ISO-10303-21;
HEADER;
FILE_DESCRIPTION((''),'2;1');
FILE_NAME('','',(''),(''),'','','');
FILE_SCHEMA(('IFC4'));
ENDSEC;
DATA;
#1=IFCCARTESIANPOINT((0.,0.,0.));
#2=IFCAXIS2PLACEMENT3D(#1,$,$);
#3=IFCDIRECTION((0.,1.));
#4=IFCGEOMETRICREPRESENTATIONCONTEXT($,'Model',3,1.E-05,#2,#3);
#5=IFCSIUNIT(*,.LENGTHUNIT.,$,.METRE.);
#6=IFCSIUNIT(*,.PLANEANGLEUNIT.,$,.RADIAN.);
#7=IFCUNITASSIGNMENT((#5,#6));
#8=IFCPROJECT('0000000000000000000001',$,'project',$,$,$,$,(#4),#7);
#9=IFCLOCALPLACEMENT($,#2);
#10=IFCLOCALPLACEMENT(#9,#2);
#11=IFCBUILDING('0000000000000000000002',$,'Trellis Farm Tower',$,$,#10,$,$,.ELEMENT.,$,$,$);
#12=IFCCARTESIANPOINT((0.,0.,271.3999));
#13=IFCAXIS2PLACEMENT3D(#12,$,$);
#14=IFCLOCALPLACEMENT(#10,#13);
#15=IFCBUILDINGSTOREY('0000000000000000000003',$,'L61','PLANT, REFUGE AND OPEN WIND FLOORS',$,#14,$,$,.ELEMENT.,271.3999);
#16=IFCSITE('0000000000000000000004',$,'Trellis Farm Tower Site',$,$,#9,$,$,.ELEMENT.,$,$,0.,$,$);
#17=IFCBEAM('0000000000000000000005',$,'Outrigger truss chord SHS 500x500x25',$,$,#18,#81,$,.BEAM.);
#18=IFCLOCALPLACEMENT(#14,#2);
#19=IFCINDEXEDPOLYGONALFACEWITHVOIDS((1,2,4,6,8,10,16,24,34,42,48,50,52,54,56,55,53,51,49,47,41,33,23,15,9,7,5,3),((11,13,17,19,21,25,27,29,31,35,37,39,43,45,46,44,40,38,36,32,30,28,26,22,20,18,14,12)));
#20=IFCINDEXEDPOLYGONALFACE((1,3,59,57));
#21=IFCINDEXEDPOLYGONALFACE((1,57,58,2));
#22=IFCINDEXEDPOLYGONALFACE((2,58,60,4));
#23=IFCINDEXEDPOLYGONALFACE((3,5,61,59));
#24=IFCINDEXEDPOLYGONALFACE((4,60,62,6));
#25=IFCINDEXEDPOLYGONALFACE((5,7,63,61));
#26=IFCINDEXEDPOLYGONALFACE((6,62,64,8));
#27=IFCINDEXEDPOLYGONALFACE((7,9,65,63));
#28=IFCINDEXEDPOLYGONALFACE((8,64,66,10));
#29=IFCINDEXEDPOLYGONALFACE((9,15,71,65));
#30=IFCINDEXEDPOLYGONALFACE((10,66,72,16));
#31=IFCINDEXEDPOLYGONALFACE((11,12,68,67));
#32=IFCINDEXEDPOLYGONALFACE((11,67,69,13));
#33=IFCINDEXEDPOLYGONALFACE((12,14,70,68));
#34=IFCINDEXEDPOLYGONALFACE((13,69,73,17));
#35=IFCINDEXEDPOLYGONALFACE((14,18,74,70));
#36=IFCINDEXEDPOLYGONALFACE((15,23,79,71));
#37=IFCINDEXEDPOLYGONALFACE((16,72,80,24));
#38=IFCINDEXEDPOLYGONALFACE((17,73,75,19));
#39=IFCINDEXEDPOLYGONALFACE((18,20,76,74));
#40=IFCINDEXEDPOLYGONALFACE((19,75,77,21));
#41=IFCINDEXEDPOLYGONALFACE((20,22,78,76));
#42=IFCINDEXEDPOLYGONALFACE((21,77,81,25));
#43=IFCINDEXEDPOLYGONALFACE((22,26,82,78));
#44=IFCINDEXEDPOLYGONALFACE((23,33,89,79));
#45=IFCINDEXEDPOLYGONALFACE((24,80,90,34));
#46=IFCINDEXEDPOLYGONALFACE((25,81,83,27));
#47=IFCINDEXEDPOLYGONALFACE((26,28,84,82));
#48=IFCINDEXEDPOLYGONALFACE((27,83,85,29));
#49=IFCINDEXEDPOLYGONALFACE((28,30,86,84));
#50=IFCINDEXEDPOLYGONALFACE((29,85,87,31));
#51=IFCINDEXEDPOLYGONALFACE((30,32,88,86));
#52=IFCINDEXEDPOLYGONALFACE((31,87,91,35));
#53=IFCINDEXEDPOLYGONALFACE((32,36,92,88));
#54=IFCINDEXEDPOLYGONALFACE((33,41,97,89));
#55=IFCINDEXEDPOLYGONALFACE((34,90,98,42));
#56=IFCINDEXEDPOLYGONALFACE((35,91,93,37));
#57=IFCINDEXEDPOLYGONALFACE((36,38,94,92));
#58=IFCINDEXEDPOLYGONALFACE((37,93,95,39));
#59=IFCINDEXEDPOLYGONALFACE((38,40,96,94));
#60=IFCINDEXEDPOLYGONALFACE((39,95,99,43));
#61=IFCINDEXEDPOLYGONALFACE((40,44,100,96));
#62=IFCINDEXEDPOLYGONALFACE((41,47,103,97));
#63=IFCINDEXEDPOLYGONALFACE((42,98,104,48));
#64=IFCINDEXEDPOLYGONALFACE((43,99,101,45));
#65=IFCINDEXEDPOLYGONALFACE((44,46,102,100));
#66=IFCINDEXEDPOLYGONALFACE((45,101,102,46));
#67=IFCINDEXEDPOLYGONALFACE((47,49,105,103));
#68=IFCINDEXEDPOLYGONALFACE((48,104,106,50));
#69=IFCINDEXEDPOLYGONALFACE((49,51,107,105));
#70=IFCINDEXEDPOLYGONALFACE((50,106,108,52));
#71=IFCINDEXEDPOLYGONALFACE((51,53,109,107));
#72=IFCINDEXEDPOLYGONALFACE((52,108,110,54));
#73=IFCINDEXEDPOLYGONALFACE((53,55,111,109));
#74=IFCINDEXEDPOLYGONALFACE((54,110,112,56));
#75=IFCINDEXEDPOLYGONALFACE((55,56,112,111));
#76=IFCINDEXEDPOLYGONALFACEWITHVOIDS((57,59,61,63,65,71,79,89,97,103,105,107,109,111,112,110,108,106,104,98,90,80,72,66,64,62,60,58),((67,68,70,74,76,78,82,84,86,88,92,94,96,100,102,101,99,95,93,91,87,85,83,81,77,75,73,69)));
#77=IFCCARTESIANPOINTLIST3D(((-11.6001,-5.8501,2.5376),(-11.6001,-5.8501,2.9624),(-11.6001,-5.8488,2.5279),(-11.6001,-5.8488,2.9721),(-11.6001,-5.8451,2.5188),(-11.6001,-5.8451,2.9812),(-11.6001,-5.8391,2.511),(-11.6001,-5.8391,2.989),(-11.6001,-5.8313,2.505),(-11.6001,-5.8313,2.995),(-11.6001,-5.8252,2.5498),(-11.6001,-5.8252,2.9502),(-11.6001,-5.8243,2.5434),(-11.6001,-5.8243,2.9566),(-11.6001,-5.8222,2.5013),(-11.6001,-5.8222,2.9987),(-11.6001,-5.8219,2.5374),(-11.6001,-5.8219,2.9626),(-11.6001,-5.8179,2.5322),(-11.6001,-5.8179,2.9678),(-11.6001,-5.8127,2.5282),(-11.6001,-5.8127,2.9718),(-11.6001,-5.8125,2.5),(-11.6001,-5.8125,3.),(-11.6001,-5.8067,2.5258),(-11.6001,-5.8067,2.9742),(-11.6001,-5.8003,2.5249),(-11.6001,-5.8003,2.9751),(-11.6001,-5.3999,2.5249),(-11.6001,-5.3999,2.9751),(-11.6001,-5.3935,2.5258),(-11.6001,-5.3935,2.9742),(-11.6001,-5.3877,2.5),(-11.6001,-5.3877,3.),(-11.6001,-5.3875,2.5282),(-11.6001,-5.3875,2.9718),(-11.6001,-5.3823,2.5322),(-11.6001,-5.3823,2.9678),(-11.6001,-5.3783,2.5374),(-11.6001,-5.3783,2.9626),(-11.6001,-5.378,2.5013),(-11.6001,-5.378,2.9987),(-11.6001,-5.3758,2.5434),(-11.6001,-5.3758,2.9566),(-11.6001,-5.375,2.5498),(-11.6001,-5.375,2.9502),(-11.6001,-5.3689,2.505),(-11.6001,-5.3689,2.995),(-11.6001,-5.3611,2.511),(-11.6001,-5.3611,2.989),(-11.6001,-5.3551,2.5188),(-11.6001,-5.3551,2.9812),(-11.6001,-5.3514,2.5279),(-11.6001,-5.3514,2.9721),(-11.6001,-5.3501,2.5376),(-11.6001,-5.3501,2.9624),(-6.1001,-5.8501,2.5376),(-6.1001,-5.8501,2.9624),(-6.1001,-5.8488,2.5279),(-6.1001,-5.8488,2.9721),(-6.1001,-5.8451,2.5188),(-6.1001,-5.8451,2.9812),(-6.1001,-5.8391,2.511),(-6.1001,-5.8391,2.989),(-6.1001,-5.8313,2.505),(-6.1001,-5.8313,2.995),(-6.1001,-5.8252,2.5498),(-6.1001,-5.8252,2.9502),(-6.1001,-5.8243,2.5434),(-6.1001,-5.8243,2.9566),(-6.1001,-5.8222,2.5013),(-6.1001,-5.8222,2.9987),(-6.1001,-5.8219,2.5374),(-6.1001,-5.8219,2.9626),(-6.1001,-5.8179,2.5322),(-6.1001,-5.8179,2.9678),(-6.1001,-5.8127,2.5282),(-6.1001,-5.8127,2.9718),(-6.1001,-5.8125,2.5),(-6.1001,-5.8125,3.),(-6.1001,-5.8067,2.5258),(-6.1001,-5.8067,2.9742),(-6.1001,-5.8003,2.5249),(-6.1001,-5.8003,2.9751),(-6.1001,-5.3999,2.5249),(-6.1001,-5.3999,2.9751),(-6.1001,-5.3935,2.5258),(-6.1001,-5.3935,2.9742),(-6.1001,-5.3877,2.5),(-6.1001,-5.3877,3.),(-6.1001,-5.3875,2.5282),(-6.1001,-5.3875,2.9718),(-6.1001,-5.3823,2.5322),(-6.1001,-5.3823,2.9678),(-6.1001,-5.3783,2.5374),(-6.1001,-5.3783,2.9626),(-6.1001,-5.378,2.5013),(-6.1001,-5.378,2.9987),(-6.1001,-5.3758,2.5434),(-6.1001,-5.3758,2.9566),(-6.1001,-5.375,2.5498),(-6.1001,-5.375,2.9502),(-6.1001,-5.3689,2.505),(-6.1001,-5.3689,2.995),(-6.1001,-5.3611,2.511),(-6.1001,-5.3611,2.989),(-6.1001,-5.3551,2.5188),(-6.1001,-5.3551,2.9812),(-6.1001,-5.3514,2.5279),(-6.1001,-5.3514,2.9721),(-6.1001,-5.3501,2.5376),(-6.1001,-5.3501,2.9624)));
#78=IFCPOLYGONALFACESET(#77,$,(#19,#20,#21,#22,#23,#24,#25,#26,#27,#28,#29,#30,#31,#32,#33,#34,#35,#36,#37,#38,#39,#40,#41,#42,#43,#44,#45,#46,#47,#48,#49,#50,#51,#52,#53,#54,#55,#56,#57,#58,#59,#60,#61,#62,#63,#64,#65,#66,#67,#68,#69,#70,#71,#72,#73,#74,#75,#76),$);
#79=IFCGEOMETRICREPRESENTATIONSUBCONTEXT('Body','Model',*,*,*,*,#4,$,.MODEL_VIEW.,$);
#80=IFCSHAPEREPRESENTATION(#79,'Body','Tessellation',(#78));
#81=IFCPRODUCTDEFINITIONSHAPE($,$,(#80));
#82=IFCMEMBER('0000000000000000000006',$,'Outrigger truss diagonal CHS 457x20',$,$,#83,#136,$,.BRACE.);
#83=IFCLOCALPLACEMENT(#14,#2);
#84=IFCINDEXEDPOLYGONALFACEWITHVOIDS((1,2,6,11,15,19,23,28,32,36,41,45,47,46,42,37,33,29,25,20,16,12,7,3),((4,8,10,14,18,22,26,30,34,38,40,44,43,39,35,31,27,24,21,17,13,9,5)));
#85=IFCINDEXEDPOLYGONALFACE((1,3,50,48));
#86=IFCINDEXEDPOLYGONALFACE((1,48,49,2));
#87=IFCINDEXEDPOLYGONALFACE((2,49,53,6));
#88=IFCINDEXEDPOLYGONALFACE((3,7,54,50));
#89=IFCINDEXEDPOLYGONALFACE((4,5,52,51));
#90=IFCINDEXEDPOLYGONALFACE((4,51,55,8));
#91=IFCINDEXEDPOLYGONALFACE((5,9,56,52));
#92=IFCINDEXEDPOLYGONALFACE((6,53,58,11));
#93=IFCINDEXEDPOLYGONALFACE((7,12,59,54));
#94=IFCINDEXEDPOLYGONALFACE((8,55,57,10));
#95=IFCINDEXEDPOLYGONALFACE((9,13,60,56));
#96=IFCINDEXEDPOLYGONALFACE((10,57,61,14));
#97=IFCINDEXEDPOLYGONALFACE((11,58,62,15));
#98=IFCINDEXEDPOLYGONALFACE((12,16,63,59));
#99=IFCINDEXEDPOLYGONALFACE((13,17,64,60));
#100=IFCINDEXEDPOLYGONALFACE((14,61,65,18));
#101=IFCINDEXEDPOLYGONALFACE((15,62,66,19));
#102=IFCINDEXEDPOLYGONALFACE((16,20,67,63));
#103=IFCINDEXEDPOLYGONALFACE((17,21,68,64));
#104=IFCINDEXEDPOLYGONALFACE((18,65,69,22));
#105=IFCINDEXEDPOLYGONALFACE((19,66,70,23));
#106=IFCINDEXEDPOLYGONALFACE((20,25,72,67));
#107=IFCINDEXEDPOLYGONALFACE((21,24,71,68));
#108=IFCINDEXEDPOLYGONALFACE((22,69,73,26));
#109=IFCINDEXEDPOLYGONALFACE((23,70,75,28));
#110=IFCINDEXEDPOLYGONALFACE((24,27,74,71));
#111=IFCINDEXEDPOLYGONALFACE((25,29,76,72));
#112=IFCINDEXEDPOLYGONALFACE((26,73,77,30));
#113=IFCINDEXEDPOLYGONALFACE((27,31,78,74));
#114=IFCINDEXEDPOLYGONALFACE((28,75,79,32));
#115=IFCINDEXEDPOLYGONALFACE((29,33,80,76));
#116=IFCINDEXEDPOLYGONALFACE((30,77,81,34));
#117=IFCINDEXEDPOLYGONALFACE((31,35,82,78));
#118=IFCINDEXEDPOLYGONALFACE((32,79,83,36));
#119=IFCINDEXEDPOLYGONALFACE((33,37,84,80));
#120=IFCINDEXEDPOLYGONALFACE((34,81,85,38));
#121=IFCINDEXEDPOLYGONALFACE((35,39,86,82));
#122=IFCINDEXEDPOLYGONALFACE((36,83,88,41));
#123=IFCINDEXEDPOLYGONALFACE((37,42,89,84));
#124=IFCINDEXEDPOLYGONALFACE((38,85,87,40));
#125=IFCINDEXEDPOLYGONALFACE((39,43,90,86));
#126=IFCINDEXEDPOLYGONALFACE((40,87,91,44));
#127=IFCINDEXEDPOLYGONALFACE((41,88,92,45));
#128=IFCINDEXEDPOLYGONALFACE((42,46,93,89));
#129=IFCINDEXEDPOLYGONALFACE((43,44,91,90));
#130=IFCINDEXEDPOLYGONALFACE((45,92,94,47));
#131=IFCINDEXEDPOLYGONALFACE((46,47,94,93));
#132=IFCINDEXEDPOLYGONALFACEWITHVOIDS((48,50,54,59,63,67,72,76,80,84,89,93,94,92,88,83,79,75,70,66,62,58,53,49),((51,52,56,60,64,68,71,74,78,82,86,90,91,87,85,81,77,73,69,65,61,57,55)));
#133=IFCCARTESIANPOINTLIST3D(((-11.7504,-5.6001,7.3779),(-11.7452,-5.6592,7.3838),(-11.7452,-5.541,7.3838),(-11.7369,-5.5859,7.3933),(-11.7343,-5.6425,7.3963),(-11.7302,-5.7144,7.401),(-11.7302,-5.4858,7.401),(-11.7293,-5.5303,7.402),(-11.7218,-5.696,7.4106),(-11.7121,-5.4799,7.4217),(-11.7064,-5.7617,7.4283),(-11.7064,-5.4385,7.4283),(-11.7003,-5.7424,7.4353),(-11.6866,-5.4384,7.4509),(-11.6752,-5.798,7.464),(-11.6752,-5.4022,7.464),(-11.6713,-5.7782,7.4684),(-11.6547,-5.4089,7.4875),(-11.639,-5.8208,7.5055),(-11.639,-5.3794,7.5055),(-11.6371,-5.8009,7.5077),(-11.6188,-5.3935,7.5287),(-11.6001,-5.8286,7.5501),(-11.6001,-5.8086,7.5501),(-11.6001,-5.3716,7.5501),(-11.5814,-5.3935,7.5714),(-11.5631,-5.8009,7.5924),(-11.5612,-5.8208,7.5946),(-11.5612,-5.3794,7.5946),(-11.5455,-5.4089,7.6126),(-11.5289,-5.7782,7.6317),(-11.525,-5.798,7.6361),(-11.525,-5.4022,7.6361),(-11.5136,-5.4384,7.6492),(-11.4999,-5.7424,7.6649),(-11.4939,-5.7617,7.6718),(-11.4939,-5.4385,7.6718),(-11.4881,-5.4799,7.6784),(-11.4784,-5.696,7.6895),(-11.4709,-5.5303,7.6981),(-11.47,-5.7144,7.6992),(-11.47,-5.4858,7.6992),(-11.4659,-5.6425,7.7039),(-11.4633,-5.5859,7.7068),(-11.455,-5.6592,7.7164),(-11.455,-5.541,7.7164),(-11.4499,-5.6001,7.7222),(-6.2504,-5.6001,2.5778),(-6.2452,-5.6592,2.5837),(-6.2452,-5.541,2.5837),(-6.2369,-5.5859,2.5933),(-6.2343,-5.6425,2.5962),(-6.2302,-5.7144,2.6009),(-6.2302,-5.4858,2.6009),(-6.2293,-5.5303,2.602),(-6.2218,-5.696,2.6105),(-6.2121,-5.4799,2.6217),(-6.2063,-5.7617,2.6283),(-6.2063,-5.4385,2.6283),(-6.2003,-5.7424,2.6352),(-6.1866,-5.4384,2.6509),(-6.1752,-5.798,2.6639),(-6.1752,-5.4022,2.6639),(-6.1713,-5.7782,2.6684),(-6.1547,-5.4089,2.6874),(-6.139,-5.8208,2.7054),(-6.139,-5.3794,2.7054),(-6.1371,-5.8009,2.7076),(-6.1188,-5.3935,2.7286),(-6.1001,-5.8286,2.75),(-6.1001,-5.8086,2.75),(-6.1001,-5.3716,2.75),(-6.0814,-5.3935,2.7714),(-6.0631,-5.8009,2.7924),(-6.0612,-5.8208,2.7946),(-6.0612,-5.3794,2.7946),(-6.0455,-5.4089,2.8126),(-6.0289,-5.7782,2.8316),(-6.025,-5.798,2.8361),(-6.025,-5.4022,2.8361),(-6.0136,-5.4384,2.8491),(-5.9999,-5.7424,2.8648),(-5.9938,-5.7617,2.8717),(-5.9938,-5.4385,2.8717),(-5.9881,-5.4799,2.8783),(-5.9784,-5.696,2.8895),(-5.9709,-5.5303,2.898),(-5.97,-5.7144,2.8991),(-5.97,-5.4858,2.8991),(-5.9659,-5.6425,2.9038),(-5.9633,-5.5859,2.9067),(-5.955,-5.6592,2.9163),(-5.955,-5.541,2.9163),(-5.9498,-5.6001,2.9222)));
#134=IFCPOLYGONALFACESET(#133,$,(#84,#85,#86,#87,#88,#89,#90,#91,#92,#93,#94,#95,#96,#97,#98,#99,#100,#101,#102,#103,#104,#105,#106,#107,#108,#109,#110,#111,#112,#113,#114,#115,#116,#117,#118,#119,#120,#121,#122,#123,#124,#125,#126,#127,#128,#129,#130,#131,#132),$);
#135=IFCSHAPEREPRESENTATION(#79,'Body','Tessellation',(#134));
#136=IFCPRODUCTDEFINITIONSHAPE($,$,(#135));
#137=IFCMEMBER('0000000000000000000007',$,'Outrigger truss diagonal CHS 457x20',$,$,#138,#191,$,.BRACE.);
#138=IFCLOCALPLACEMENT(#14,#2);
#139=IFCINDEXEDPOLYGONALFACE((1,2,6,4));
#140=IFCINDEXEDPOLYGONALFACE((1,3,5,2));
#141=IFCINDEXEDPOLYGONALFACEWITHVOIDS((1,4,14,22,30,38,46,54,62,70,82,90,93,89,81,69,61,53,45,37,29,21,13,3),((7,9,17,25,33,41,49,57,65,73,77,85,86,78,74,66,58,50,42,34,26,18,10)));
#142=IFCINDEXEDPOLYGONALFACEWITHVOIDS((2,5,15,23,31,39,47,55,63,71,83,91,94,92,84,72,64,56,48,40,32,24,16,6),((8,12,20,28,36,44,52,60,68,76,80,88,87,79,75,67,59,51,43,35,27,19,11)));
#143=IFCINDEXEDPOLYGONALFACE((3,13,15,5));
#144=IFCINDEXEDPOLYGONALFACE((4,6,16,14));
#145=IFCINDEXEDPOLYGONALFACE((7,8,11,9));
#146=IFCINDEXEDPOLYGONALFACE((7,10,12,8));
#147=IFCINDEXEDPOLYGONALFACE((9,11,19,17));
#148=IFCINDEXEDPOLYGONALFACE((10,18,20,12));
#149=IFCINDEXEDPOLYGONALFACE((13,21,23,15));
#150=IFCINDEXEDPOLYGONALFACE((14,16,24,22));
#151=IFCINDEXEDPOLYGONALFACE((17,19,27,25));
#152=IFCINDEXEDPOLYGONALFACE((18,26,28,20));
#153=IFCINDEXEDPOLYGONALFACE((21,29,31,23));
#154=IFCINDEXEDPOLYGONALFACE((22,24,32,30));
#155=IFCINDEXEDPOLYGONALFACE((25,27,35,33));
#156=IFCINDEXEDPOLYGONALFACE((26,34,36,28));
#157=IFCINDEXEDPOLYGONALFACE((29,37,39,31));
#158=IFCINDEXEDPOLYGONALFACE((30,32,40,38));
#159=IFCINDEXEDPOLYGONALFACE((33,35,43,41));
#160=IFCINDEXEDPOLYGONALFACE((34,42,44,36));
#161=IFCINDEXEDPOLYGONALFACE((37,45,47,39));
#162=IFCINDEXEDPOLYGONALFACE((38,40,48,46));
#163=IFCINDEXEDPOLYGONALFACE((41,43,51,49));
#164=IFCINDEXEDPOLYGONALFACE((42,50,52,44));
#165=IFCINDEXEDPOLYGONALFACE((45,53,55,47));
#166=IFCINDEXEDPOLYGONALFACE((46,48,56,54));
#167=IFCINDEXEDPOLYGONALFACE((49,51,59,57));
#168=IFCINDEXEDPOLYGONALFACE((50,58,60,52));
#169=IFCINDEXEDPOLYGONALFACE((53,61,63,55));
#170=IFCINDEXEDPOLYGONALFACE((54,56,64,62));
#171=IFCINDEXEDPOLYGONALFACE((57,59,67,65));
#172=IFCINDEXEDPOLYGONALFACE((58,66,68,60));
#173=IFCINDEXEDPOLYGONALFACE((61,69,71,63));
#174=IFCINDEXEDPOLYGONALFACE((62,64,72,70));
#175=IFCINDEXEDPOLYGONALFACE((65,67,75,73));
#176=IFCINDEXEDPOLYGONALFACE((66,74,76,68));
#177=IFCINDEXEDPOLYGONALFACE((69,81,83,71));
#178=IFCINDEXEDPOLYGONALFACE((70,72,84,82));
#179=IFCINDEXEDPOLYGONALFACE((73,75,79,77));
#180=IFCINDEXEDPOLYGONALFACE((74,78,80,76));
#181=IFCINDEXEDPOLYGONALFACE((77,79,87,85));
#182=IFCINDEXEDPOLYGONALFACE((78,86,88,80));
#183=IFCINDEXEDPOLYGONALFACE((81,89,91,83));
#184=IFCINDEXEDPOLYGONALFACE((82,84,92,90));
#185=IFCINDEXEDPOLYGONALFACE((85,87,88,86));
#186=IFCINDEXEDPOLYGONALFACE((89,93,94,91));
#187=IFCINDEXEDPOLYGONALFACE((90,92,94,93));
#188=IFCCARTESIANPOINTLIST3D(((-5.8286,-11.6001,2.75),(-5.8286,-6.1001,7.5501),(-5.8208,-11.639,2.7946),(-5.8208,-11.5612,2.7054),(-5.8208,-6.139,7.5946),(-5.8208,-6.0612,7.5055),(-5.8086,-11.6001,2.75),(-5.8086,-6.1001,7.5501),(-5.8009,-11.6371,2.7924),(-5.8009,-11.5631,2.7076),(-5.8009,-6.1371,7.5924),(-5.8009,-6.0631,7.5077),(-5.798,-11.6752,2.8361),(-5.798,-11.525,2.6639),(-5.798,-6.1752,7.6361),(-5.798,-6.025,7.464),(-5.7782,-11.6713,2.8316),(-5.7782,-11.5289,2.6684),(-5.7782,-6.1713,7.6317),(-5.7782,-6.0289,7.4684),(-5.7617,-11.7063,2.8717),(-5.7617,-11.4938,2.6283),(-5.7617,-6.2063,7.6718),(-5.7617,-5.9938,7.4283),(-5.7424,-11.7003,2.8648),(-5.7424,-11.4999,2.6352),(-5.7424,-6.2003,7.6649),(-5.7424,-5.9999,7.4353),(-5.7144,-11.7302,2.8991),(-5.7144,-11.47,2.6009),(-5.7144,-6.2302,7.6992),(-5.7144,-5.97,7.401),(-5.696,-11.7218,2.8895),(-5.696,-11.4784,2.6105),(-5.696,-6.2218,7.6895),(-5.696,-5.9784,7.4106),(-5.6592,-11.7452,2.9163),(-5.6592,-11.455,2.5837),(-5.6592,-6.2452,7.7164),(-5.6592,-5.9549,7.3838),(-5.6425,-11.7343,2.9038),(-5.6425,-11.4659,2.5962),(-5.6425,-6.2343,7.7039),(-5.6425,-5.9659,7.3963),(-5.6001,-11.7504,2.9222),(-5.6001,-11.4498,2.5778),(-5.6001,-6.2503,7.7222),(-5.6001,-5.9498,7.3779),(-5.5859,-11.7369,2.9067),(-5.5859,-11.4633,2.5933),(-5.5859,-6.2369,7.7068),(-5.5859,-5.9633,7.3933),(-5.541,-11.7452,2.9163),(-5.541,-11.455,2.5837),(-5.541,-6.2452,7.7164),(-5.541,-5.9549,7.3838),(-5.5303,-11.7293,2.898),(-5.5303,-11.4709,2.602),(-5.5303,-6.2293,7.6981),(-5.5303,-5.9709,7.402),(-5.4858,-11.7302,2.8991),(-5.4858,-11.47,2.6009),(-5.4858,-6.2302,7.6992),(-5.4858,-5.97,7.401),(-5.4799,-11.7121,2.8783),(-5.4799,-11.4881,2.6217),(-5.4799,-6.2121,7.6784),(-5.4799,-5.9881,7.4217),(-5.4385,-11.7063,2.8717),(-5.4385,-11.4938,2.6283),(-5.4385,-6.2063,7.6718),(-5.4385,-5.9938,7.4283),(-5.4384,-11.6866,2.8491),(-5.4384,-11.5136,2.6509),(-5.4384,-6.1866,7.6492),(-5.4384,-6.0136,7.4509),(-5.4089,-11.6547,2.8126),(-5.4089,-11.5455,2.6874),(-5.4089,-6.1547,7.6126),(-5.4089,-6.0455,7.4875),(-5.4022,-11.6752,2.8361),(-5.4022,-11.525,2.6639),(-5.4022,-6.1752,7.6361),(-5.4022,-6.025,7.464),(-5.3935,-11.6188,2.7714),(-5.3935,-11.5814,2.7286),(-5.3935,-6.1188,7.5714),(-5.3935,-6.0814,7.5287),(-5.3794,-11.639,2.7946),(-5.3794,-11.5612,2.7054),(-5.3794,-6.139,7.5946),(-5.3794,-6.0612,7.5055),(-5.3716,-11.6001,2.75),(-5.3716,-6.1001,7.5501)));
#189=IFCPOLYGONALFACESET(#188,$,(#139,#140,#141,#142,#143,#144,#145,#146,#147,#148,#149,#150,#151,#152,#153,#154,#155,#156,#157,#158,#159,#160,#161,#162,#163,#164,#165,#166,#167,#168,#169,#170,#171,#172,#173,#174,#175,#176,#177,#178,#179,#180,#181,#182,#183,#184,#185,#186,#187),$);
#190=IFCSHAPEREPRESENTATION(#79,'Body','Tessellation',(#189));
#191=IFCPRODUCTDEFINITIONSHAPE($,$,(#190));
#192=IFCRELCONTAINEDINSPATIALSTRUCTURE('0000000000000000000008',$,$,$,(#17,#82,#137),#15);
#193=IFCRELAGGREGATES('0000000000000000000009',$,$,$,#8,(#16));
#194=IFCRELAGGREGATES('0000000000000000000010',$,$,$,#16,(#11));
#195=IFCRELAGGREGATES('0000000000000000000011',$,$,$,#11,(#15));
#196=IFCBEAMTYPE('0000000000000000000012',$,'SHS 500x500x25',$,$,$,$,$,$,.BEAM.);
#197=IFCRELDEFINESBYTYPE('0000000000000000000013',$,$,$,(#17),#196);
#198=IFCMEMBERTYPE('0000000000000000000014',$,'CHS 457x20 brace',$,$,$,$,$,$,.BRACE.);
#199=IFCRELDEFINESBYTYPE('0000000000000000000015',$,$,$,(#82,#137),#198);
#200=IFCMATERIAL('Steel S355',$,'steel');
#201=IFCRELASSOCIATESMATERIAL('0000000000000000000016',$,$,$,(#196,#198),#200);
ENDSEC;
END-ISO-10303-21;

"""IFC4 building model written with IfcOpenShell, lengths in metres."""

from ifc_helpers import new_model, si_unit, direction, frame, origin, origin_2d, place, context, subcontext, project, spatial, hollow_rectangle, hollow_circle, extrude, source, transform, mapped, material, material_profile, profile_set, type_object, element, save


model = new_model("IFC4")

# Units and contexts
model_context = context("Model", 3, precision=1e-05, world=origin(), true_north=direction((0.0, 1.0)))
body_context = subcontext(model_context, "Body", "Model", "MODEL_VIEW")
ifc_project = project(units=[si_unit("LENGTHUNIT", "METRE"), si_unit("PLANEANGLEUNIT", "RADIAN")], contexts=[model_context])

# Site, building, storey
site_placement = place(None, origin())
site = spatial("IfcSite", under=ifc_project, at=site_placement, Name="Trellis Farm Tower Site", CompositionType="ELEMENT", RefElevation=0.0)
building_placement = place(site_placement, origin())
building = spatial("IfcBuilding", under=site, at=building_placement, Name="Trellis Farm Tower", CompositionType="ELEMENT")
storey_placement = place(building_placement, frame((0.0, 0.0, 271.3999)))
storey = spatial("IfcBuildingStorey", under=building, at=storey_placement, Name="L61", Description="PLANT, REFUGE AND OPEN WIND FLOORS", CompositionType="ELEMENT", Elevation=271.3999)

# Beam
ifc_material_1 = material(Name="Steel S355", Category="steel")
ifc_material_profile_1 = material_profile(ifc_material_1, hollow_rectangle(XDim=0.5, YDim=0.5, WallThickness=0.0249, InnerFilletRadius=0.0249, OuterFilletRadius=0.0376, at=origin_2d()), Name="SHS 500x500x25")
ifc_profile_set_1 = profile_set([ifc_material_profile_1], Name="Steel S355")
beam_type_1 = type_object("IfcBeamType", Name="SHS 500x500x25", PredefinedType="BEAM", material=ifc_profile_set_1)
shared_shape_1 = source(origin(), body_context, "Body", "SweptSolid", [
    extrude(hollow_rectangle(XDim=0.5, YDim=0.5, WallThickness=0.0249, InnerFilletRadius=0.0249, OuterFilletRadius=0.0376, at=origin_2d()), origin(), (0.0, 0.0, 1.0), 5.5),
])
beam_1_placement = place(storey_placement, frame((-11.6001, -5.6001, 2.75), z_axis=(1.0, 0.0, 0.0), x_axis=(0.0, 1.0, 0.0)))
element("IfcBeam", 1, at=beam_1_placement, inside=storey, type_object=beam_type_1, Name="Outrigger truss chord SHS 500x500x25", PredefinedType="BEAM", context=body_context, shape_type="MappedRepresentation", body=[
    mapped(shared_shape_1, transform((0.0, 0.0, 0.0))),
])

# Members
ifc_material_profile_2 = material_profile(ifc_material_1, hollow_circle(Radius=0.2285, WallThickness=0.02, at=origin_2d()), Name="CHS 457x20")
ifc_profile_set_2 = profile_set([ifc_material_profile_2], Name="Steel S355")
member_type = type_object("IfcMemberType", Name="CHS 457x20 brace", PredefinedType="BRACE", material=ifc_profile_set_2)
shared_shape_2 = source(origin(), body_context, "Body", "SweptSolid", [
    extrude(hollow_circle(Radius=0.2285, WallThickness=0.02, at=origin_2d()), origin(), (0.0, 0.0, 1.0), 7.3),
])
for number, where, z_axis, x_axis, name in (
    (2, (-6.1001, -5.6001, 2.75), (-0.753421, 0.0, 0.657538), (0.0, -1.0, 0.0), "Outrigger truss diagonal CHS 457x20"),
    (3, (-5.6001, -11.6001, 2.75), (0.0, 0.753421, 0.657538), (-1.0, 0.0, 0.0), "Outrigger truss diagonal CHS 457x20"),
):
    element("IfcMember", number, at=place(storey_placement, frame(where, z_axis=z_axis, x_axis=x_axis)), inside=storey, type_object=member_type, Name=name, PredefinedType="BRACE", context=body_context, shape_type="MappedRepresentation", body=[
        mapped(shared_shape_2, transform((0.0, 0.0, 0.0))),
    ])

save(model, "model.ifc")
